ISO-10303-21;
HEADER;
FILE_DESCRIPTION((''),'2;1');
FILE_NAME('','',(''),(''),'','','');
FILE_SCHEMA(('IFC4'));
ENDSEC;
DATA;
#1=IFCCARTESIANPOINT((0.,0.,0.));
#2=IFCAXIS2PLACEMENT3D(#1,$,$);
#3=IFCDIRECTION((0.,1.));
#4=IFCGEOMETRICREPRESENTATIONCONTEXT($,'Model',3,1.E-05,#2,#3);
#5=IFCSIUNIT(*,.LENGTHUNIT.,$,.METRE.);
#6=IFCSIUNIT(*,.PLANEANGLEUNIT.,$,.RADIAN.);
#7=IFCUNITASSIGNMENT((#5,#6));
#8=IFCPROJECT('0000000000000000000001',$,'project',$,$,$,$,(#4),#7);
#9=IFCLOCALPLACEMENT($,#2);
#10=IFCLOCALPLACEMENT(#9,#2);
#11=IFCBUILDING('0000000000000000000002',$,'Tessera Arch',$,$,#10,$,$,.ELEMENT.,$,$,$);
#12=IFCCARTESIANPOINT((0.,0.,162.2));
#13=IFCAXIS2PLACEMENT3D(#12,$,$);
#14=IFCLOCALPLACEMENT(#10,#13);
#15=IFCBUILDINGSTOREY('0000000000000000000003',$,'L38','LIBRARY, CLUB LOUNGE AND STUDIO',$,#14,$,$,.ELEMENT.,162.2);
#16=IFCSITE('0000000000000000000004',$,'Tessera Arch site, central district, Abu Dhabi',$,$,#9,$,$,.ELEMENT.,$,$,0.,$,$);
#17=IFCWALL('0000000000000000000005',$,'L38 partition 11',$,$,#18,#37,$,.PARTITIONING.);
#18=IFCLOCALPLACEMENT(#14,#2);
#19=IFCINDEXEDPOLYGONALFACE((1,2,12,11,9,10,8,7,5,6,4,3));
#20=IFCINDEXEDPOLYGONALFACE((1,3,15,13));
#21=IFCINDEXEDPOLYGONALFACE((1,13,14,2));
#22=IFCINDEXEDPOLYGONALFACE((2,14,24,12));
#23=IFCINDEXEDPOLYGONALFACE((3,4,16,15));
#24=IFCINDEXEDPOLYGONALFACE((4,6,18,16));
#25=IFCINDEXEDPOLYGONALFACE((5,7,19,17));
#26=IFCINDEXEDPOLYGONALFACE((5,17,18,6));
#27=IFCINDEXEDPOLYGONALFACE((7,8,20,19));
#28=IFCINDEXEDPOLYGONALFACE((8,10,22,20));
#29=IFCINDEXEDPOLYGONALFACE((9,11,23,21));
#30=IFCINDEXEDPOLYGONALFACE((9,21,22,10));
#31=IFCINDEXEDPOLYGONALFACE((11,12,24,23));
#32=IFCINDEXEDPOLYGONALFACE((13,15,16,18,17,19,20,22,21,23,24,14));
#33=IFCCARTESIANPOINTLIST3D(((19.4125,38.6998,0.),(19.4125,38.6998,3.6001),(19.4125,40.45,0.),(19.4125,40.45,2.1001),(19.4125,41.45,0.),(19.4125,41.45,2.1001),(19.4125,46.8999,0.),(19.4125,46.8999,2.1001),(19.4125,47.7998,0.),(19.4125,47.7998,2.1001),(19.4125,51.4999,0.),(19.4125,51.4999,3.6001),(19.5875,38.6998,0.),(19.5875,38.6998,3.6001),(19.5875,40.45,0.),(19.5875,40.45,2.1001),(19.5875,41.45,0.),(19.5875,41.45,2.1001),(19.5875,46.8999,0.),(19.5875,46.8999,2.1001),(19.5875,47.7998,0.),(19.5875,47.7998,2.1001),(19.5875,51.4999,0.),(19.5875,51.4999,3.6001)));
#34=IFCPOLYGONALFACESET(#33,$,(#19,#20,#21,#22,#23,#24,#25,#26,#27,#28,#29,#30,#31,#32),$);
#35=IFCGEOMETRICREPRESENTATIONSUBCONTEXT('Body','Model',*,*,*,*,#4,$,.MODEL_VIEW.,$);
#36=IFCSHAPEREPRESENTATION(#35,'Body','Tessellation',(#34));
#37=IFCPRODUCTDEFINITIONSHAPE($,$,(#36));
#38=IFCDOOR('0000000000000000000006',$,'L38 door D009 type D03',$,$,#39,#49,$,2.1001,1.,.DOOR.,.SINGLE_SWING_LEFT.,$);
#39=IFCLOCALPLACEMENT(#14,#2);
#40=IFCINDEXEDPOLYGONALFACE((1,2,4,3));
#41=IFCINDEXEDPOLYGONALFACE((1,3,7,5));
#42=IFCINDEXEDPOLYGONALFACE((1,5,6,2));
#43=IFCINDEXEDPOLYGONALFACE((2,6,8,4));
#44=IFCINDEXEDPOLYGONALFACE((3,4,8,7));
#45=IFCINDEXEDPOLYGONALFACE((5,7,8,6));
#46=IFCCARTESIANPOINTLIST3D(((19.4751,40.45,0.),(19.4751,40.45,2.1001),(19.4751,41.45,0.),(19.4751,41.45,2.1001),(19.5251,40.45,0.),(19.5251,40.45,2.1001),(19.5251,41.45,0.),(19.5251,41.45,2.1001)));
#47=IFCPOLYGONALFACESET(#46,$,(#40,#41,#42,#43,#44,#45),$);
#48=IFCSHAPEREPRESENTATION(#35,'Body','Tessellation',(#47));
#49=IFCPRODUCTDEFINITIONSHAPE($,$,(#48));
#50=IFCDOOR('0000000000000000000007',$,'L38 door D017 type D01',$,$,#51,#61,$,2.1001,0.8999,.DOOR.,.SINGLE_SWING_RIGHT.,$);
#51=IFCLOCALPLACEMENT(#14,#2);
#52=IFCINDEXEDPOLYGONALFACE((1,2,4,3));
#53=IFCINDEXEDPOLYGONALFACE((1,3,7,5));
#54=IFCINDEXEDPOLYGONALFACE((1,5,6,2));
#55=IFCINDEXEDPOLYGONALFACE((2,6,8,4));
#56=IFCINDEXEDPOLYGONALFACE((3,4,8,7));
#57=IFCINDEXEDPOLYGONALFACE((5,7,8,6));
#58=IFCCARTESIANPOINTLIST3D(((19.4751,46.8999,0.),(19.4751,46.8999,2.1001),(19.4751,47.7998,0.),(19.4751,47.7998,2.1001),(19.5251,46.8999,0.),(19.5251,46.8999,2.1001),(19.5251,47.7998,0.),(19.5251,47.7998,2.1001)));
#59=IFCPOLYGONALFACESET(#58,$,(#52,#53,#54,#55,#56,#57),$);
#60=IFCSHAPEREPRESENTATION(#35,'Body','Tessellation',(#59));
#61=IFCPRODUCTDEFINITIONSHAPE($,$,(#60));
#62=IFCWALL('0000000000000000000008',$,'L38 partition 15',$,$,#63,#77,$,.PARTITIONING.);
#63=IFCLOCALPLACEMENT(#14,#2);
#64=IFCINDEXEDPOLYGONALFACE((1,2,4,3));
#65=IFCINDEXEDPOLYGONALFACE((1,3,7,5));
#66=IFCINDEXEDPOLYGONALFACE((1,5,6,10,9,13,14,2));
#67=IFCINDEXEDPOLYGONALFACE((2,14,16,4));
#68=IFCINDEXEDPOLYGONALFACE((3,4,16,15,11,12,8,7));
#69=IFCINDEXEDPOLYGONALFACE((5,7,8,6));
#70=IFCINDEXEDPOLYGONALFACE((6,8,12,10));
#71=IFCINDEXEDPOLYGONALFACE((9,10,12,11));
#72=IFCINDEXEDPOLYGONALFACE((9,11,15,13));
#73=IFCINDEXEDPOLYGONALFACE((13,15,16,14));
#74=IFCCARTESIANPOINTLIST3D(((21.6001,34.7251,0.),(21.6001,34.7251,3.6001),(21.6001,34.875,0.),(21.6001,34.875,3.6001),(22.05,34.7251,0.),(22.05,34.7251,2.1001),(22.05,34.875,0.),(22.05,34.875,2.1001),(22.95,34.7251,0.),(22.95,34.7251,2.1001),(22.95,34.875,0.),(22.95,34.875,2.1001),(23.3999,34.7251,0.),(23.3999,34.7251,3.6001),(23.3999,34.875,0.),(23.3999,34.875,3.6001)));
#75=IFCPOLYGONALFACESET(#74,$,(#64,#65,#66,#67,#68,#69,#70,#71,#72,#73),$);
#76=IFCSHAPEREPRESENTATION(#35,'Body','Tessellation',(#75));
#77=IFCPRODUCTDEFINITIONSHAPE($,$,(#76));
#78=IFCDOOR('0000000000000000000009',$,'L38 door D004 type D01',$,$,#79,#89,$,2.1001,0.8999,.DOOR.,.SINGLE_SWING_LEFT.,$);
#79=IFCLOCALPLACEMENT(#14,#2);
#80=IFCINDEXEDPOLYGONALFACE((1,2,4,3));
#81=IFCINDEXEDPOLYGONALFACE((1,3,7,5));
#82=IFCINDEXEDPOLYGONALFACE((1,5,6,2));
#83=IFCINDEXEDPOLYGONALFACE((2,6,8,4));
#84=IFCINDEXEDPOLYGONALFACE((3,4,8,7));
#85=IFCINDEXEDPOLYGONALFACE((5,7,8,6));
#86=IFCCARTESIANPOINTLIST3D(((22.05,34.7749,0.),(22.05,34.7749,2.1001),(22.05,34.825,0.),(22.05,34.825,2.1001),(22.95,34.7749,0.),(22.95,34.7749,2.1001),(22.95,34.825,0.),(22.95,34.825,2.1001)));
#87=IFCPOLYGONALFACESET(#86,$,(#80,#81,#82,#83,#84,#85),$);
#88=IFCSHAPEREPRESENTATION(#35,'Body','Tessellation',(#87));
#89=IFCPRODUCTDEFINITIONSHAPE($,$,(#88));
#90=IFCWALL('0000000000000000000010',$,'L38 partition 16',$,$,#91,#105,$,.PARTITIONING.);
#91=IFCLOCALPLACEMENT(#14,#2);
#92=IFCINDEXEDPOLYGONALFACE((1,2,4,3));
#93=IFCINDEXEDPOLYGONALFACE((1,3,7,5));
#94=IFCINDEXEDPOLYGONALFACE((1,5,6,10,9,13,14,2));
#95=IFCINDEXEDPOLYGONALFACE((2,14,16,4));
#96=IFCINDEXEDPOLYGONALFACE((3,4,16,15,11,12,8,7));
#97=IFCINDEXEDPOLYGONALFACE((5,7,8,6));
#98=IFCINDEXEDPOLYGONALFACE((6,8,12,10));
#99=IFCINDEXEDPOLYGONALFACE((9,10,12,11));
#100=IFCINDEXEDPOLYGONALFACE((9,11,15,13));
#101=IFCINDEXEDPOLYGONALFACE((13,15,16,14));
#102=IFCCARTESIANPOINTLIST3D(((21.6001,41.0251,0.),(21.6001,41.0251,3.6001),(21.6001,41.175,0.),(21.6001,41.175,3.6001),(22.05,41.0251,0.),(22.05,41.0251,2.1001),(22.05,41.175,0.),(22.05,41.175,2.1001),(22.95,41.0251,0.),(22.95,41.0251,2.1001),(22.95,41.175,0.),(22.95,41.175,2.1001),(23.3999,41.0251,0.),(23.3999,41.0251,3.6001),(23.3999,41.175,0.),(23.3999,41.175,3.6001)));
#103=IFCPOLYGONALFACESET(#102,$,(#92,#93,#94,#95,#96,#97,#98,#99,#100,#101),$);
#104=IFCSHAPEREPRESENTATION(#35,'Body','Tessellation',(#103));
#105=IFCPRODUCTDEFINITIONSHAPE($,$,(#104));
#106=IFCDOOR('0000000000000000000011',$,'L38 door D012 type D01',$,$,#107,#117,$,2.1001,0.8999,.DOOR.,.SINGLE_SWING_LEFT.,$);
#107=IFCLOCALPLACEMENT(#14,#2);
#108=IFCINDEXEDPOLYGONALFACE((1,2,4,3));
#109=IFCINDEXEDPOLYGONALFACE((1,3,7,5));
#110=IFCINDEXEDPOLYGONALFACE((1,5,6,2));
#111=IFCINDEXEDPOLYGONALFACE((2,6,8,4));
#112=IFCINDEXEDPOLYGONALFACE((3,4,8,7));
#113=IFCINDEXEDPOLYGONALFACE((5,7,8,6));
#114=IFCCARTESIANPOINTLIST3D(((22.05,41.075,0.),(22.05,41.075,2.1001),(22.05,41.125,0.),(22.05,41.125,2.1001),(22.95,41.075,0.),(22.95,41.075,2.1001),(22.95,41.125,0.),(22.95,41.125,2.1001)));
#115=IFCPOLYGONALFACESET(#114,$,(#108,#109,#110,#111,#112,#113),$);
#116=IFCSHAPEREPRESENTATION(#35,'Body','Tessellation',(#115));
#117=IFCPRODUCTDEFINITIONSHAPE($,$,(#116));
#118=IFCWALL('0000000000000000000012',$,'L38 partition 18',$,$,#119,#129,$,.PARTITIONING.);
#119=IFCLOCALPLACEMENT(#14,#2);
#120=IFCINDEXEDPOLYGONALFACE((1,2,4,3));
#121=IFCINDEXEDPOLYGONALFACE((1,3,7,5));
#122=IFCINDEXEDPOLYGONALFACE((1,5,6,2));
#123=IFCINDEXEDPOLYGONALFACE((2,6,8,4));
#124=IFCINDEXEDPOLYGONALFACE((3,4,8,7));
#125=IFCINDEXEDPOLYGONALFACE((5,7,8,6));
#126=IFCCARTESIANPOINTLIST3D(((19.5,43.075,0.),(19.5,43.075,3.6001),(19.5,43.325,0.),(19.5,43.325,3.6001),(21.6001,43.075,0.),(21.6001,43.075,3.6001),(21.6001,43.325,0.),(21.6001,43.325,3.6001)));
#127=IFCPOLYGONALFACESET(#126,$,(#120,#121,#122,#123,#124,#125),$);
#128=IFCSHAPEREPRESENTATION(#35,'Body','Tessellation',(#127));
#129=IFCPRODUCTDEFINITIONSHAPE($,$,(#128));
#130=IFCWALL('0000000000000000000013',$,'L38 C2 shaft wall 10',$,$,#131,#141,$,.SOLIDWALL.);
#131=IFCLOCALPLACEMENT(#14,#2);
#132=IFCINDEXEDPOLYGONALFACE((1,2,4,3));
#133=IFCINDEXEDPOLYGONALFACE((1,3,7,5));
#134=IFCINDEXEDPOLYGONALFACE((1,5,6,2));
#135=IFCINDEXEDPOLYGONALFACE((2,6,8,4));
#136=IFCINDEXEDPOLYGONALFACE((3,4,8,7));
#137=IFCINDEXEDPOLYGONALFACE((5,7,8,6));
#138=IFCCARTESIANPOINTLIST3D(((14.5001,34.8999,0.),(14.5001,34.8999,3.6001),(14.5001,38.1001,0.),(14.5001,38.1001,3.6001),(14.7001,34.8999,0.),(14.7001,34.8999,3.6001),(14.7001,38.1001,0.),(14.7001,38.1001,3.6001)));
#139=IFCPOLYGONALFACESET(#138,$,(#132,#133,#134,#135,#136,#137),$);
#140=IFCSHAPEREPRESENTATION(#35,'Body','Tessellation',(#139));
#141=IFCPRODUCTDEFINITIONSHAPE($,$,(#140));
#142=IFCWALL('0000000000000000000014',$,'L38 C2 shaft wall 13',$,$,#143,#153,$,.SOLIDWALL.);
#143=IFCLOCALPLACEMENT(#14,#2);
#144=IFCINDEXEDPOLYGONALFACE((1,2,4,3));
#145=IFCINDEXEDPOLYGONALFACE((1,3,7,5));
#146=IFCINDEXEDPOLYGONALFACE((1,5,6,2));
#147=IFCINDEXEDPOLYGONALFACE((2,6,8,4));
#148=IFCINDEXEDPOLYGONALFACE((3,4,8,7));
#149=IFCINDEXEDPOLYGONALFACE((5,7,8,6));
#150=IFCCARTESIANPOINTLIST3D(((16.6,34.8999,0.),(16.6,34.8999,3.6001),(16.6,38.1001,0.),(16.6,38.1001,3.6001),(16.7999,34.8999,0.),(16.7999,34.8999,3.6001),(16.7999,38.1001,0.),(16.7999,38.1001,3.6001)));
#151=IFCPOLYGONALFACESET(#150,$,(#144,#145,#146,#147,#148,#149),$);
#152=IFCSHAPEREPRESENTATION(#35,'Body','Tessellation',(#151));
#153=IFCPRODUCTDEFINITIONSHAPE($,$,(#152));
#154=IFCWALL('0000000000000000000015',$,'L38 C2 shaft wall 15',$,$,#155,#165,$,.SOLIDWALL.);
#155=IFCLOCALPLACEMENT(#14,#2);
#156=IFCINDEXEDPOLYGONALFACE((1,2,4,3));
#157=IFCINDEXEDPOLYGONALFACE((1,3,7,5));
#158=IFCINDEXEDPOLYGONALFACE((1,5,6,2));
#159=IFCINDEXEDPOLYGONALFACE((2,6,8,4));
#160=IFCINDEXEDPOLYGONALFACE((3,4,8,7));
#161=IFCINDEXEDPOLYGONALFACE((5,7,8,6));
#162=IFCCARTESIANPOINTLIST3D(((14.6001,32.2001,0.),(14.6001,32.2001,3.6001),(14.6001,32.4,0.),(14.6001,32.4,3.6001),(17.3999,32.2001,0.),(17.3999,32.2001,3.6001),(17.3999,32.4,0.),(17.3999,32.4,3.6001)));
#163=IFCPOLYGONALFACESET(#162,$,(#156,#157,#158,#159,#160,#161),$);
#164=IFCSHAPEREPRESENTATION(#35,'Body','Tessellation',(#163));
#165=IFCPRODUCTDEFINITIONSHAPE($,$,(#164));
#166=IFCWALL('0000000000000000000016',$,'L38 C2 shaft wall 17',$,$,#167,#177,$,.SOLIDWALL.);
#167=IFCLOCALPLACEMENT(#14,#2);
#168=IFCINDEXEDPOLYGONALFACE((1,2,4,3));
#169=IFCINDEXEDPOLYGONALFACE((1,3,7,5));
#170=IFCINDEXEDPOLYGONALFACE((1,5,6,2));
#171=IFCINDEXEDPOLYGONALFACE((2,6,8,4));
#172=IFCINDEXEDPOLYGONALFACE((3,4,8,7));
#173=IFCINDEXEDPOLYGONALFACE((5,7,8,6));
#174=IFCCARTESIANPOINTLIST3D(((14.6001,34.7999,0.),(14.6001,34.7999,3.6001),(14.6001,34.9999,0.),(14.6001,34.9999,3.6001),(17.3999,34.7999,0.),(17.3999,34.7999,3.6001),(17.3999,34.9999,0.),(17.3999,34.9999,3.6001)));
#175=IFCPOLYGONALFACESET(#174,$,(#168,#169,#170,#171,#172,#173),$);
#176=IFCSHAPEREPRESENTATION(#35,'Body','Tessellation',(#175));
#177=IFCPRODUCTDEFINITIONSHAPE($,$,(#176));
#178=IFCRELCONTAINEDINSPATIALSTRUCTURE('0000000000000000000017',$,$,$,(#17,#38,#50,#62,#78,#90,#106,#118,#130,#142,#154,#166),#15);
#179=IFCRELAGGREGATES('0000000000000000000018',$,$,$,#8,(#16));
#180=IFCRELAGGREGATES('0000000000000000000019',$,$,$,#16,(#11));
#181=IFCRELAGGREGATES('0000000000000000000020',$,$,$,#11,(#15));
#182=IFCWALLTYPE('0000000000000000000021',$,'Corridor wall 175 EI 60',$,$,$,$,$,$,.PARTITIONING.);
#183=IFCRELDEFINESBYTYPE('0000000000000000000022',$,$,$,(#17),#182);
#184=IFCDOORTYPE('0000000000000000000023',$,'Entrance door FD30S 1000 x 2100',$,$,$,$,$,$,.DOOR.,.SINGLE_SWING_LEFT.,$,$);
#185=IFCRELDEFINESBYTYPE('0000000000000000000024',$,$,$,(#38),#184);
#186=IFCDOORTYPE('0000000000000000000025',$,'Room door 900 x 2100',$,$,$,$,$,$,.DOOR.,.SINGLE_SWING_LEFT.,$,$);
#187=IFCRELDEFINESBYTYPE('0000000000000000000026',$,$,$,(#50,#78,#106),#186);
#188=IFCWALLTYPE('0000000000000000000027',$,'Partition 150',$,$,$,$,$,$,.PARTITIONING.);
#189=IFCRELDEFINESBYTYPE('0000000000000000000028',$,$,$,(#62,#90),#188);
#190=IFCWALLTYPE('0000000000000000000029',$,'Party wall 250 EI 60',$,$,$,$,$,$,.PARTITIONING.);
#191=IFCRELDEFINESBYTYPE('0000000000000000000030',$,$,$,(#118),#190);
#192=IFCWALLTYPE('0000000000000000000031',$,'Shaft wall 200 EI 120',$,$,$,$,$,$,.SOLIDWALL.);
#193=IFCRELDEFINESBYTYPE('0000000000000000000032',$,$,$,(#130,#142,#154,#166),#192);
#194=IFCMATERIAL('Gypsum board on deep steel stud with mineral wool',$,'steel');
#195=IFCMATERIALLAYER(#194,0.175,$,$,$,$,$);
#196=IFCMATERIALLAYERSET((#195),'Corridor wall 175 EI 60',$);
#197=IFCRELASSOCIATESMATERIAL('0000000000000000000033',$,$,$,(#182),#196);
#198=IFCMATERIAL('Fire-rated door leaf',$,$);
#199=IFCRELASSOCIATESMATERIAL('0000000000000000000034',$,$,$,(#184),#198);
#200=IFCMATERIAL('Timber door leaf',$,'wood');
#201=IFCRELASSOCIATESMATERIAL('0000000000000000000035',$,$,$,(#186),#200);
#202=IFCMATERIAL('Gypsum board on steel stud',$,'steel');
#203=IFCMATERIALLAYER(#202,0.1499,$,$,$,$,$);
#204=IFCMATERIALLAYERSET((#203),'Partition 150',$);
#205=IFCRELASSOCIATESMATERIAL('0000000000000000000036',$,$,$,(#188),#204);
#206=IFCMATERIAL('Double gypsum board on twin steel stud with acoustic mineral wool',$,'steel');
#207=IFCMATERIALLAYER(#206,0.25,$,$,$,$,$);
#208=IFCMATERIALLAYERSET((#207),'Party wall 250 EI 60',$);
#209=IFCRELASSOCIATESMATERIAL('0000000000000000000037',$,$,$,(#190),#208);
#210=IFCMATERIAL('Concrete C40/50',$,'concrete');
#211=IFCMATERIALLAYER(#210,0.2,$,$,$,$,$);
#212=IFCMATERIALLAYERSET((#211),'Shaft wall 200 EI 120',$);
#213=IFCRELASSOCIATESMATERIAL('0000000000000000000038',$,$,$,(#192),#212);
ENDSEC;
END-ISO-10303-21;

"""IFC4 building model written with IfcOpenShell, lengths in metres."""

from ifc_helpers import new_model, si_unit, direction, frame, frame_2d, origin, place, context, subcontext, project, spatial, rectangle, extrude, material, layer, layer_set, type_object, element, fill, save


model = new_model("IFC4")

# Units and contexts
model_context = context("Model", 3, precision=1e-05, world=origin(), true_north=direction((0.0, 1.0)))
body_context = subcontext(model_context, "Body", "Model", "MODEL_VIEW")
ifc_project = project(units=[si_unit("LENGTHUNIT", "METRE"), si_unit("PLANEANGLEUNIT", "RADIAN")], contexts=[model_context])

# Site, building, storey
site_placement = place(None, origin())
site = spatial("IfcSite", under=ifc_project, at=site_placement, Name="Tessera Arch site, central district, Abu Dhabi", CompositionType="ELEMENT", RefElevation=0.0)
building_placement = place(site_placement, origin())
building = spatial("IfcBuilding", under=site, at=building_placement, Name="Tessera Arch", CompositionType="ELEMENT")
storey_placement = place(building_placement, frame((0.0, 0.0, 162.2)))
storey = spatial("IfcBuildingStorey", under=building, at=storey_placement, Name="L38", Description="LIBRARY, CLUB LOUNGE AND STUDIO", CompositionType="ELEMENT", Elevation=162.2)

# Shared definitions
ifc_material_1 = material(Name="Gypsum board on deep steel stud with mineral wool", Category="steel")
ifc_layer_1 = layer(ifc_material_1, 0.175)
ifc_layer_set_1 = layer_set([ifc_layer_1], Name="Corridor wall 175 EI 60")
wall_type_1 = type_object("IfcWallType", Name="Corridor wall 175 EI 60", PredefinedType="PARTITIONING", material=ifc_layer_set_1)
ifc_material_2 = material(Name="Fire-rated door leaf")
door_type_1 = type_object("IfcDoorType", Name="Entrance door FD30S 1000 x 2100", OperationType="SINGLE_SWING_LEFT", PredefinedType="DOOR", material=ifc_material_2)

# Wall, openings, doors
wall_1_placement = place(storey_placement, frame((19.5, 38.7, 0.0), z_axis=(0.0, 0.0, 1.0), x_axis=(0.0, 1.0, 0.0)))
wall_1 = element("IfcWall", 1, at=wall_1_placement, inside=storey, type_object=wall_type_1, Name="L38 partition 11", PredefinedType="PARTITIONING", context=body_context, shape_type="SweptSolid", body=[
    extrude(rectangle(XDim=12.8, YDim=0.175, at=frame_2d((6.3999, 0.0))), origin(), (0.0, 0.0, 1.0), 3.6001),
])
opening_1_placement = place(wall_1_placement, frame((1.75, 0.0, 0.0)))
opening_1 = element("IfcOpeningElement", 2, at=opening_1_placement, cuts=wall_1, PredefinedType="OPENING", context=body_context, shape_type="SweptSolid", body=[
    extrude(rectangle(XDim=1.0, YDim=2.1001, at=frame_2d((0.5, 1.05))), frame((0.0, 0.0974, 0.0), z_axis=(0.0, -1.0, 0.0), x_axis=(1.0, 0.0, 0.0)), (0.0, 0.0, 1.0), 0.1951),
])
opening_2_placement = place(wall_1_placement, frame((8.2, 0.0, 0.0)))
opening_2 = element("IfcOpeningElement", 3, at=opening_2_placement, cuts=wall_1, PredefinedType="OPENING", context=body_context, shape_type="SweptSolid", body=[
    extrude(rectangle(XDim=0.8999, YDim=2.1001, at=frame_2d((0.45, 1.05))), frame((0.0, 0.0974, 0.0), z_axis=(0.0, -1.0, 0.0), x_axis=(1.0, 0.0, 0.0)), (0.0, 0.0, 1.0), 0.1951),
])
door_1_placement = place(opening_1_placement, origin())
door_1 = element("IfcDoor", 4, at=door_1_placement, inside=storey, type_object=door_type_1, Name="L38 door D009 type D03", OperationType="SINGLE_SWING_LEFT", OverallHeight=2.1001, OverallWidth=1.0, PredefinedType="DOOR", context=body_context, shape_type="SweptSolid", body=[
    extrude(rectangle(XDim=1.0, YDim=2.1001, at=frame_2d((0.5, 1.05))), frame((0.0, 0.0249, 0.0), z_axis=(0.0, -1.0, 0.0), x_axis=(1.0, 0.0, 0.0)), (0.0, 0.0, 1.0), 0.05),
])
fill(opening_1, door_1)
ifc_material_3 = material(Name="Timber door leaf", Category="wood")
door_type_2 = type_object("IfcDoorType", Name="Room door 900 x 2100", OperationType="SINGLE_SWING_LEFT", PredefinedType="DOOR", material=ifc_material_3)
door_2_placement = place(opening_2_placement, origin())
door_2 = element("IfcDoor", 5, at=door_2_placement, inside=storey, type_object=door_type_2, Name="L38 door D017 type D01", OperationType="SINGLE_SWING_RIGHT", OverallHeight=2.1001, OverallWidth=0.8999, PredefinedType="DOOR", context=body_context, shape_type="SweptSolid", body=[
    extrude(rectangle(XDim=0.8999, YDim=2.1001, at=frame_2d((0.45, 1.05))), frame((0.0, 0.0249, 0.0), z_axis=(0.0, -1.0, 0.0), x_axis=(1.0, 0.0, 0.0)), (0.0, 0.0, 1.0), 0.05),
])
fill(opening_2, door_2)

# Walls, openings, doors
ifc_material_4 = material(Name="Gypsum board on steel stud", Category="steel")
ifc_layer_2 = layer(ifc_material_4, 0.1499)
ifc_layer_set_2 = layer_set([ifc_layer_2], Name="Partition 150")
wall_type_2 = type_object("IfcWallType", Name="Partition 150", PredefinedType="PARTITIONING", material=ifc_layer_set_2)
wall_2_placement = place(storey_placement, frame((21.6001, 34.8, 0.0), z_axis=(0.0, 0.0, 1.0), x_axis=(1.0, 0.0, 0.0)))
wall_2 = element("IfcWall", 6, at=wall_2_placement, inside=storey, type_object=wall_type_2, Name="L38 partition 15", PredefinedType="PARTITIONING", context=body_context, shape_type="SweptSolid", body=[
    extrude(rectangle(XDim=1.7998, YDim=0.1499, at=frame_2d((0.8999, 0.0))), origin(), (0.0, 0.0, 1.0), 3.6001),
])
opening_3_placement = place(wall_2_placement, frame((0.45, 0.0, 0.0)))
opening_3 = element("IfcOpeningElement", 7, at=opening_3_placement, cuts=wall_2, PredefinedType="OPENING", context=body_context, shape_type="SweptSolid", body=[
    extrude(rectangle(XDim=0.8999, YDim=2.1001, at=frame_2d((0.45, 1.05))), frame((0.0, 0.085, 0.0), z_axis=(0.0, -1.0, 0.0), x_axis=(1.0, 0.0, 0.0)), (0.0, 0.0, 1.0), 0.1699),
])
door_3_placement = place(opening_3_placement, origin())
door_3 = element("IfcDoor", 8, at=door_3_placement, inside=storey, type_object=door_type_2, Name="L38 door D004 type D01", OperationType="SINGLE_SWING_LEFT", OverallHeight=2.1001, OverallWidth=0.8999, PredefinedType="DOOR", context=body_context, shape_type="SweptSolid", body=[
    extrude(rectangle(XDim=0.8999, YDim=2.1001, at=frame_2d((0.45, 1.05))), frame((0.0, 0.0249, 0.0), z_axis=(0.0, -1.0, 0.0), x_axis=(1.0, 0.0, 0.0)), (0.0, 0.0, 1.0), 0.05),
])
fill(opening_3, door_3)
wall_3_placement = place(storey_placement, frame((21.6001, 41.1001, 0.0), z_axis=(0.0, 0.0, 1.0), x_axis=(1.0, 0.0, 0.0)))
wall_3 = element("IfcWall", 9, at=wall_3_placement, inside=storey, type_object=wall_type_2, Name="L38 partition 16", PredefinedType="PARTITIONING", context=body_context, shape_type="SweptSolid", body=[
    extrude(rectangle(XDim=1.7998, YDim=0.1499, at=frame_2d((0.8999, 0.0))), origin(), (0.0, 0.0, 1.0), 3.6001),
])
opening_4_placement = place(wall_3_placement, frame((0.45, 0.0, 0.0)))
opening_4 = element("IfcOpeningElement", 10, at=opening_4_placement, cuts=wall_3, PredefinedType="OPENING", context=body_context, shape_type="SweptSolid", body=[
    extrude(rectangle(XDim=0.8999, YDim=2.1001, at=frame_2d((0.45, 1.05))), frame((0.0, 0.085, 0.0), z_axis=(0.0, -1.0, 0.0), x_axis=(1.0, 0.0, 0.0)), (0.0, 0.0, 1.0), 0.1699),
])
door_4_placement = place(opening_4_placement, origin())
door_4 = element("IfcDoor", 11, at=door_4_placement, inside=storey, type_object=door_type_2, Name="L38 door D012 type D01", OperationType="SINGLE_SWING_LEFT", OverallHeight=2.1001, OverallWidth=0.8999, PredefinedType="DOOR", context=body_context, shape_type="SweptSolid", body=[
    extrude(rectangle(XDim=0.8999, YDim=2.1001, at=frame_2d((0.45, 1.05))), frame((0.0, 0.0249, 0.0), z_axis=(0.0, -1.0, 0.0), x_axis=(1.0, 0.0, 0.0)), (0.0, 0.0, 1.0), 0.05),
])
fill(opening_4, door_4)

# Walls
ifc_material_5 = material(Name="Double gypsum board on twin steel stud with acoustic mineral wool", Category="steel")
ifc_layer_3 = layer(ifc_material_5, 0.25)
ifc_layer_set_3 = layer_set([ifc_layer_3], Name="Party wall 250 EI 60")
wall_type_3 = type_object("IfcWallType", Name="Party wall 250 EI 60", PredefinedType="PARTITIONING", material=ifc_layer_set_3)
wall_4_placement = place(storey_placement, frame((19.5, 43.2, 0.0), z_axis=(0.0, 0.0, 1.0), x_axis=(1.0, 0.0, 0.0)))
element("IfcWall", 12, at=wall_4_placement, inside=storey, type_object=wall_type_3, Name="L38 partition 18", PredefinedType="PARTITIONING", context=body_context, shape_type="SweptSolid", body=[
    extrude(rectangle(XDim=2.1001, YDim=0.25, at=frame_2d((1.05, 0.0))), origin(), (0.0, 0.0, 1.0), 3.6001),
])
ifc_material_6 = material(Name="Concrete C40/50", Category="concrete")
ifc_layer_4 = layer(ifc_material_6, 0.2)
ifc_layer_set_4 = layer_set([ifc_layer_4], Name="Shaft wall 200 EI 120")
wall_type_4 = type_object("IfcWallType", Name="Shaft wall 200 EI 120", PredefinedType="SOLIDWALL", material=ifc_layer_set_4)
for number, where, z_axis, x_axis, name in (
    (13, (14.6001, 34.8999, 0.0), (0.0, 0.0, 1.0), (0.0, 1.0, 0.0), "L38 C2 shaft wall 10"),
    (14, (16.7, 34.8999, 0.0), (0.0, 0.0, 1.0), (0.0, 1.0, 0.0), "L38 C2 shaft wall 13"),
):
    element("IfcWall", number, at=place(storey_placement, frame(where, z_axis=z_axis, x_axis=x_axis)), inside=storey, type_object=wall_type_4, Name=name, PredefinedType="SOLIDWALL", context=body_context, shape_type="SweptSolid", body=[
        extrude(rectangle(XDim=3.2002, YDim=0.2, at=frame_2d((1.6001, 0.0))), origin(), (0.0, 0.0, 1.0), 3.6001),
    ])
for number, where, z_axis, x_axis, name in (
    (15, (14.6001, 32.3, 0.0), (0.0, 0.0, 1.0), (1.0, 0.0, 0.0), "L38 C2 shaft wall 15"),
    (16, (14.6001, 34.8999, 0.0), (0.0, 0.0, 1.0), (1.0, 0.0, 0.0), "L38 C2 shaft wall 17"),
):
    element("IfcWall", number, at=place(storey_placement, frame(where, z_axis=z_axis, x_axis=x_axis)), inside=storey, type_object=wall_type_4, Name=name, PredefinedType="SOLIDWALL", context=body_context, shape_type="SweptSolid", body=[
        extrude(rectangle(XDim=2.7998, YDim=0.2, at=frame_2d((1.3999, 0.0))), origin(), (0.0, 0.0, 1.0), 3.6001),
    ])

save(model, "model.ifc")
